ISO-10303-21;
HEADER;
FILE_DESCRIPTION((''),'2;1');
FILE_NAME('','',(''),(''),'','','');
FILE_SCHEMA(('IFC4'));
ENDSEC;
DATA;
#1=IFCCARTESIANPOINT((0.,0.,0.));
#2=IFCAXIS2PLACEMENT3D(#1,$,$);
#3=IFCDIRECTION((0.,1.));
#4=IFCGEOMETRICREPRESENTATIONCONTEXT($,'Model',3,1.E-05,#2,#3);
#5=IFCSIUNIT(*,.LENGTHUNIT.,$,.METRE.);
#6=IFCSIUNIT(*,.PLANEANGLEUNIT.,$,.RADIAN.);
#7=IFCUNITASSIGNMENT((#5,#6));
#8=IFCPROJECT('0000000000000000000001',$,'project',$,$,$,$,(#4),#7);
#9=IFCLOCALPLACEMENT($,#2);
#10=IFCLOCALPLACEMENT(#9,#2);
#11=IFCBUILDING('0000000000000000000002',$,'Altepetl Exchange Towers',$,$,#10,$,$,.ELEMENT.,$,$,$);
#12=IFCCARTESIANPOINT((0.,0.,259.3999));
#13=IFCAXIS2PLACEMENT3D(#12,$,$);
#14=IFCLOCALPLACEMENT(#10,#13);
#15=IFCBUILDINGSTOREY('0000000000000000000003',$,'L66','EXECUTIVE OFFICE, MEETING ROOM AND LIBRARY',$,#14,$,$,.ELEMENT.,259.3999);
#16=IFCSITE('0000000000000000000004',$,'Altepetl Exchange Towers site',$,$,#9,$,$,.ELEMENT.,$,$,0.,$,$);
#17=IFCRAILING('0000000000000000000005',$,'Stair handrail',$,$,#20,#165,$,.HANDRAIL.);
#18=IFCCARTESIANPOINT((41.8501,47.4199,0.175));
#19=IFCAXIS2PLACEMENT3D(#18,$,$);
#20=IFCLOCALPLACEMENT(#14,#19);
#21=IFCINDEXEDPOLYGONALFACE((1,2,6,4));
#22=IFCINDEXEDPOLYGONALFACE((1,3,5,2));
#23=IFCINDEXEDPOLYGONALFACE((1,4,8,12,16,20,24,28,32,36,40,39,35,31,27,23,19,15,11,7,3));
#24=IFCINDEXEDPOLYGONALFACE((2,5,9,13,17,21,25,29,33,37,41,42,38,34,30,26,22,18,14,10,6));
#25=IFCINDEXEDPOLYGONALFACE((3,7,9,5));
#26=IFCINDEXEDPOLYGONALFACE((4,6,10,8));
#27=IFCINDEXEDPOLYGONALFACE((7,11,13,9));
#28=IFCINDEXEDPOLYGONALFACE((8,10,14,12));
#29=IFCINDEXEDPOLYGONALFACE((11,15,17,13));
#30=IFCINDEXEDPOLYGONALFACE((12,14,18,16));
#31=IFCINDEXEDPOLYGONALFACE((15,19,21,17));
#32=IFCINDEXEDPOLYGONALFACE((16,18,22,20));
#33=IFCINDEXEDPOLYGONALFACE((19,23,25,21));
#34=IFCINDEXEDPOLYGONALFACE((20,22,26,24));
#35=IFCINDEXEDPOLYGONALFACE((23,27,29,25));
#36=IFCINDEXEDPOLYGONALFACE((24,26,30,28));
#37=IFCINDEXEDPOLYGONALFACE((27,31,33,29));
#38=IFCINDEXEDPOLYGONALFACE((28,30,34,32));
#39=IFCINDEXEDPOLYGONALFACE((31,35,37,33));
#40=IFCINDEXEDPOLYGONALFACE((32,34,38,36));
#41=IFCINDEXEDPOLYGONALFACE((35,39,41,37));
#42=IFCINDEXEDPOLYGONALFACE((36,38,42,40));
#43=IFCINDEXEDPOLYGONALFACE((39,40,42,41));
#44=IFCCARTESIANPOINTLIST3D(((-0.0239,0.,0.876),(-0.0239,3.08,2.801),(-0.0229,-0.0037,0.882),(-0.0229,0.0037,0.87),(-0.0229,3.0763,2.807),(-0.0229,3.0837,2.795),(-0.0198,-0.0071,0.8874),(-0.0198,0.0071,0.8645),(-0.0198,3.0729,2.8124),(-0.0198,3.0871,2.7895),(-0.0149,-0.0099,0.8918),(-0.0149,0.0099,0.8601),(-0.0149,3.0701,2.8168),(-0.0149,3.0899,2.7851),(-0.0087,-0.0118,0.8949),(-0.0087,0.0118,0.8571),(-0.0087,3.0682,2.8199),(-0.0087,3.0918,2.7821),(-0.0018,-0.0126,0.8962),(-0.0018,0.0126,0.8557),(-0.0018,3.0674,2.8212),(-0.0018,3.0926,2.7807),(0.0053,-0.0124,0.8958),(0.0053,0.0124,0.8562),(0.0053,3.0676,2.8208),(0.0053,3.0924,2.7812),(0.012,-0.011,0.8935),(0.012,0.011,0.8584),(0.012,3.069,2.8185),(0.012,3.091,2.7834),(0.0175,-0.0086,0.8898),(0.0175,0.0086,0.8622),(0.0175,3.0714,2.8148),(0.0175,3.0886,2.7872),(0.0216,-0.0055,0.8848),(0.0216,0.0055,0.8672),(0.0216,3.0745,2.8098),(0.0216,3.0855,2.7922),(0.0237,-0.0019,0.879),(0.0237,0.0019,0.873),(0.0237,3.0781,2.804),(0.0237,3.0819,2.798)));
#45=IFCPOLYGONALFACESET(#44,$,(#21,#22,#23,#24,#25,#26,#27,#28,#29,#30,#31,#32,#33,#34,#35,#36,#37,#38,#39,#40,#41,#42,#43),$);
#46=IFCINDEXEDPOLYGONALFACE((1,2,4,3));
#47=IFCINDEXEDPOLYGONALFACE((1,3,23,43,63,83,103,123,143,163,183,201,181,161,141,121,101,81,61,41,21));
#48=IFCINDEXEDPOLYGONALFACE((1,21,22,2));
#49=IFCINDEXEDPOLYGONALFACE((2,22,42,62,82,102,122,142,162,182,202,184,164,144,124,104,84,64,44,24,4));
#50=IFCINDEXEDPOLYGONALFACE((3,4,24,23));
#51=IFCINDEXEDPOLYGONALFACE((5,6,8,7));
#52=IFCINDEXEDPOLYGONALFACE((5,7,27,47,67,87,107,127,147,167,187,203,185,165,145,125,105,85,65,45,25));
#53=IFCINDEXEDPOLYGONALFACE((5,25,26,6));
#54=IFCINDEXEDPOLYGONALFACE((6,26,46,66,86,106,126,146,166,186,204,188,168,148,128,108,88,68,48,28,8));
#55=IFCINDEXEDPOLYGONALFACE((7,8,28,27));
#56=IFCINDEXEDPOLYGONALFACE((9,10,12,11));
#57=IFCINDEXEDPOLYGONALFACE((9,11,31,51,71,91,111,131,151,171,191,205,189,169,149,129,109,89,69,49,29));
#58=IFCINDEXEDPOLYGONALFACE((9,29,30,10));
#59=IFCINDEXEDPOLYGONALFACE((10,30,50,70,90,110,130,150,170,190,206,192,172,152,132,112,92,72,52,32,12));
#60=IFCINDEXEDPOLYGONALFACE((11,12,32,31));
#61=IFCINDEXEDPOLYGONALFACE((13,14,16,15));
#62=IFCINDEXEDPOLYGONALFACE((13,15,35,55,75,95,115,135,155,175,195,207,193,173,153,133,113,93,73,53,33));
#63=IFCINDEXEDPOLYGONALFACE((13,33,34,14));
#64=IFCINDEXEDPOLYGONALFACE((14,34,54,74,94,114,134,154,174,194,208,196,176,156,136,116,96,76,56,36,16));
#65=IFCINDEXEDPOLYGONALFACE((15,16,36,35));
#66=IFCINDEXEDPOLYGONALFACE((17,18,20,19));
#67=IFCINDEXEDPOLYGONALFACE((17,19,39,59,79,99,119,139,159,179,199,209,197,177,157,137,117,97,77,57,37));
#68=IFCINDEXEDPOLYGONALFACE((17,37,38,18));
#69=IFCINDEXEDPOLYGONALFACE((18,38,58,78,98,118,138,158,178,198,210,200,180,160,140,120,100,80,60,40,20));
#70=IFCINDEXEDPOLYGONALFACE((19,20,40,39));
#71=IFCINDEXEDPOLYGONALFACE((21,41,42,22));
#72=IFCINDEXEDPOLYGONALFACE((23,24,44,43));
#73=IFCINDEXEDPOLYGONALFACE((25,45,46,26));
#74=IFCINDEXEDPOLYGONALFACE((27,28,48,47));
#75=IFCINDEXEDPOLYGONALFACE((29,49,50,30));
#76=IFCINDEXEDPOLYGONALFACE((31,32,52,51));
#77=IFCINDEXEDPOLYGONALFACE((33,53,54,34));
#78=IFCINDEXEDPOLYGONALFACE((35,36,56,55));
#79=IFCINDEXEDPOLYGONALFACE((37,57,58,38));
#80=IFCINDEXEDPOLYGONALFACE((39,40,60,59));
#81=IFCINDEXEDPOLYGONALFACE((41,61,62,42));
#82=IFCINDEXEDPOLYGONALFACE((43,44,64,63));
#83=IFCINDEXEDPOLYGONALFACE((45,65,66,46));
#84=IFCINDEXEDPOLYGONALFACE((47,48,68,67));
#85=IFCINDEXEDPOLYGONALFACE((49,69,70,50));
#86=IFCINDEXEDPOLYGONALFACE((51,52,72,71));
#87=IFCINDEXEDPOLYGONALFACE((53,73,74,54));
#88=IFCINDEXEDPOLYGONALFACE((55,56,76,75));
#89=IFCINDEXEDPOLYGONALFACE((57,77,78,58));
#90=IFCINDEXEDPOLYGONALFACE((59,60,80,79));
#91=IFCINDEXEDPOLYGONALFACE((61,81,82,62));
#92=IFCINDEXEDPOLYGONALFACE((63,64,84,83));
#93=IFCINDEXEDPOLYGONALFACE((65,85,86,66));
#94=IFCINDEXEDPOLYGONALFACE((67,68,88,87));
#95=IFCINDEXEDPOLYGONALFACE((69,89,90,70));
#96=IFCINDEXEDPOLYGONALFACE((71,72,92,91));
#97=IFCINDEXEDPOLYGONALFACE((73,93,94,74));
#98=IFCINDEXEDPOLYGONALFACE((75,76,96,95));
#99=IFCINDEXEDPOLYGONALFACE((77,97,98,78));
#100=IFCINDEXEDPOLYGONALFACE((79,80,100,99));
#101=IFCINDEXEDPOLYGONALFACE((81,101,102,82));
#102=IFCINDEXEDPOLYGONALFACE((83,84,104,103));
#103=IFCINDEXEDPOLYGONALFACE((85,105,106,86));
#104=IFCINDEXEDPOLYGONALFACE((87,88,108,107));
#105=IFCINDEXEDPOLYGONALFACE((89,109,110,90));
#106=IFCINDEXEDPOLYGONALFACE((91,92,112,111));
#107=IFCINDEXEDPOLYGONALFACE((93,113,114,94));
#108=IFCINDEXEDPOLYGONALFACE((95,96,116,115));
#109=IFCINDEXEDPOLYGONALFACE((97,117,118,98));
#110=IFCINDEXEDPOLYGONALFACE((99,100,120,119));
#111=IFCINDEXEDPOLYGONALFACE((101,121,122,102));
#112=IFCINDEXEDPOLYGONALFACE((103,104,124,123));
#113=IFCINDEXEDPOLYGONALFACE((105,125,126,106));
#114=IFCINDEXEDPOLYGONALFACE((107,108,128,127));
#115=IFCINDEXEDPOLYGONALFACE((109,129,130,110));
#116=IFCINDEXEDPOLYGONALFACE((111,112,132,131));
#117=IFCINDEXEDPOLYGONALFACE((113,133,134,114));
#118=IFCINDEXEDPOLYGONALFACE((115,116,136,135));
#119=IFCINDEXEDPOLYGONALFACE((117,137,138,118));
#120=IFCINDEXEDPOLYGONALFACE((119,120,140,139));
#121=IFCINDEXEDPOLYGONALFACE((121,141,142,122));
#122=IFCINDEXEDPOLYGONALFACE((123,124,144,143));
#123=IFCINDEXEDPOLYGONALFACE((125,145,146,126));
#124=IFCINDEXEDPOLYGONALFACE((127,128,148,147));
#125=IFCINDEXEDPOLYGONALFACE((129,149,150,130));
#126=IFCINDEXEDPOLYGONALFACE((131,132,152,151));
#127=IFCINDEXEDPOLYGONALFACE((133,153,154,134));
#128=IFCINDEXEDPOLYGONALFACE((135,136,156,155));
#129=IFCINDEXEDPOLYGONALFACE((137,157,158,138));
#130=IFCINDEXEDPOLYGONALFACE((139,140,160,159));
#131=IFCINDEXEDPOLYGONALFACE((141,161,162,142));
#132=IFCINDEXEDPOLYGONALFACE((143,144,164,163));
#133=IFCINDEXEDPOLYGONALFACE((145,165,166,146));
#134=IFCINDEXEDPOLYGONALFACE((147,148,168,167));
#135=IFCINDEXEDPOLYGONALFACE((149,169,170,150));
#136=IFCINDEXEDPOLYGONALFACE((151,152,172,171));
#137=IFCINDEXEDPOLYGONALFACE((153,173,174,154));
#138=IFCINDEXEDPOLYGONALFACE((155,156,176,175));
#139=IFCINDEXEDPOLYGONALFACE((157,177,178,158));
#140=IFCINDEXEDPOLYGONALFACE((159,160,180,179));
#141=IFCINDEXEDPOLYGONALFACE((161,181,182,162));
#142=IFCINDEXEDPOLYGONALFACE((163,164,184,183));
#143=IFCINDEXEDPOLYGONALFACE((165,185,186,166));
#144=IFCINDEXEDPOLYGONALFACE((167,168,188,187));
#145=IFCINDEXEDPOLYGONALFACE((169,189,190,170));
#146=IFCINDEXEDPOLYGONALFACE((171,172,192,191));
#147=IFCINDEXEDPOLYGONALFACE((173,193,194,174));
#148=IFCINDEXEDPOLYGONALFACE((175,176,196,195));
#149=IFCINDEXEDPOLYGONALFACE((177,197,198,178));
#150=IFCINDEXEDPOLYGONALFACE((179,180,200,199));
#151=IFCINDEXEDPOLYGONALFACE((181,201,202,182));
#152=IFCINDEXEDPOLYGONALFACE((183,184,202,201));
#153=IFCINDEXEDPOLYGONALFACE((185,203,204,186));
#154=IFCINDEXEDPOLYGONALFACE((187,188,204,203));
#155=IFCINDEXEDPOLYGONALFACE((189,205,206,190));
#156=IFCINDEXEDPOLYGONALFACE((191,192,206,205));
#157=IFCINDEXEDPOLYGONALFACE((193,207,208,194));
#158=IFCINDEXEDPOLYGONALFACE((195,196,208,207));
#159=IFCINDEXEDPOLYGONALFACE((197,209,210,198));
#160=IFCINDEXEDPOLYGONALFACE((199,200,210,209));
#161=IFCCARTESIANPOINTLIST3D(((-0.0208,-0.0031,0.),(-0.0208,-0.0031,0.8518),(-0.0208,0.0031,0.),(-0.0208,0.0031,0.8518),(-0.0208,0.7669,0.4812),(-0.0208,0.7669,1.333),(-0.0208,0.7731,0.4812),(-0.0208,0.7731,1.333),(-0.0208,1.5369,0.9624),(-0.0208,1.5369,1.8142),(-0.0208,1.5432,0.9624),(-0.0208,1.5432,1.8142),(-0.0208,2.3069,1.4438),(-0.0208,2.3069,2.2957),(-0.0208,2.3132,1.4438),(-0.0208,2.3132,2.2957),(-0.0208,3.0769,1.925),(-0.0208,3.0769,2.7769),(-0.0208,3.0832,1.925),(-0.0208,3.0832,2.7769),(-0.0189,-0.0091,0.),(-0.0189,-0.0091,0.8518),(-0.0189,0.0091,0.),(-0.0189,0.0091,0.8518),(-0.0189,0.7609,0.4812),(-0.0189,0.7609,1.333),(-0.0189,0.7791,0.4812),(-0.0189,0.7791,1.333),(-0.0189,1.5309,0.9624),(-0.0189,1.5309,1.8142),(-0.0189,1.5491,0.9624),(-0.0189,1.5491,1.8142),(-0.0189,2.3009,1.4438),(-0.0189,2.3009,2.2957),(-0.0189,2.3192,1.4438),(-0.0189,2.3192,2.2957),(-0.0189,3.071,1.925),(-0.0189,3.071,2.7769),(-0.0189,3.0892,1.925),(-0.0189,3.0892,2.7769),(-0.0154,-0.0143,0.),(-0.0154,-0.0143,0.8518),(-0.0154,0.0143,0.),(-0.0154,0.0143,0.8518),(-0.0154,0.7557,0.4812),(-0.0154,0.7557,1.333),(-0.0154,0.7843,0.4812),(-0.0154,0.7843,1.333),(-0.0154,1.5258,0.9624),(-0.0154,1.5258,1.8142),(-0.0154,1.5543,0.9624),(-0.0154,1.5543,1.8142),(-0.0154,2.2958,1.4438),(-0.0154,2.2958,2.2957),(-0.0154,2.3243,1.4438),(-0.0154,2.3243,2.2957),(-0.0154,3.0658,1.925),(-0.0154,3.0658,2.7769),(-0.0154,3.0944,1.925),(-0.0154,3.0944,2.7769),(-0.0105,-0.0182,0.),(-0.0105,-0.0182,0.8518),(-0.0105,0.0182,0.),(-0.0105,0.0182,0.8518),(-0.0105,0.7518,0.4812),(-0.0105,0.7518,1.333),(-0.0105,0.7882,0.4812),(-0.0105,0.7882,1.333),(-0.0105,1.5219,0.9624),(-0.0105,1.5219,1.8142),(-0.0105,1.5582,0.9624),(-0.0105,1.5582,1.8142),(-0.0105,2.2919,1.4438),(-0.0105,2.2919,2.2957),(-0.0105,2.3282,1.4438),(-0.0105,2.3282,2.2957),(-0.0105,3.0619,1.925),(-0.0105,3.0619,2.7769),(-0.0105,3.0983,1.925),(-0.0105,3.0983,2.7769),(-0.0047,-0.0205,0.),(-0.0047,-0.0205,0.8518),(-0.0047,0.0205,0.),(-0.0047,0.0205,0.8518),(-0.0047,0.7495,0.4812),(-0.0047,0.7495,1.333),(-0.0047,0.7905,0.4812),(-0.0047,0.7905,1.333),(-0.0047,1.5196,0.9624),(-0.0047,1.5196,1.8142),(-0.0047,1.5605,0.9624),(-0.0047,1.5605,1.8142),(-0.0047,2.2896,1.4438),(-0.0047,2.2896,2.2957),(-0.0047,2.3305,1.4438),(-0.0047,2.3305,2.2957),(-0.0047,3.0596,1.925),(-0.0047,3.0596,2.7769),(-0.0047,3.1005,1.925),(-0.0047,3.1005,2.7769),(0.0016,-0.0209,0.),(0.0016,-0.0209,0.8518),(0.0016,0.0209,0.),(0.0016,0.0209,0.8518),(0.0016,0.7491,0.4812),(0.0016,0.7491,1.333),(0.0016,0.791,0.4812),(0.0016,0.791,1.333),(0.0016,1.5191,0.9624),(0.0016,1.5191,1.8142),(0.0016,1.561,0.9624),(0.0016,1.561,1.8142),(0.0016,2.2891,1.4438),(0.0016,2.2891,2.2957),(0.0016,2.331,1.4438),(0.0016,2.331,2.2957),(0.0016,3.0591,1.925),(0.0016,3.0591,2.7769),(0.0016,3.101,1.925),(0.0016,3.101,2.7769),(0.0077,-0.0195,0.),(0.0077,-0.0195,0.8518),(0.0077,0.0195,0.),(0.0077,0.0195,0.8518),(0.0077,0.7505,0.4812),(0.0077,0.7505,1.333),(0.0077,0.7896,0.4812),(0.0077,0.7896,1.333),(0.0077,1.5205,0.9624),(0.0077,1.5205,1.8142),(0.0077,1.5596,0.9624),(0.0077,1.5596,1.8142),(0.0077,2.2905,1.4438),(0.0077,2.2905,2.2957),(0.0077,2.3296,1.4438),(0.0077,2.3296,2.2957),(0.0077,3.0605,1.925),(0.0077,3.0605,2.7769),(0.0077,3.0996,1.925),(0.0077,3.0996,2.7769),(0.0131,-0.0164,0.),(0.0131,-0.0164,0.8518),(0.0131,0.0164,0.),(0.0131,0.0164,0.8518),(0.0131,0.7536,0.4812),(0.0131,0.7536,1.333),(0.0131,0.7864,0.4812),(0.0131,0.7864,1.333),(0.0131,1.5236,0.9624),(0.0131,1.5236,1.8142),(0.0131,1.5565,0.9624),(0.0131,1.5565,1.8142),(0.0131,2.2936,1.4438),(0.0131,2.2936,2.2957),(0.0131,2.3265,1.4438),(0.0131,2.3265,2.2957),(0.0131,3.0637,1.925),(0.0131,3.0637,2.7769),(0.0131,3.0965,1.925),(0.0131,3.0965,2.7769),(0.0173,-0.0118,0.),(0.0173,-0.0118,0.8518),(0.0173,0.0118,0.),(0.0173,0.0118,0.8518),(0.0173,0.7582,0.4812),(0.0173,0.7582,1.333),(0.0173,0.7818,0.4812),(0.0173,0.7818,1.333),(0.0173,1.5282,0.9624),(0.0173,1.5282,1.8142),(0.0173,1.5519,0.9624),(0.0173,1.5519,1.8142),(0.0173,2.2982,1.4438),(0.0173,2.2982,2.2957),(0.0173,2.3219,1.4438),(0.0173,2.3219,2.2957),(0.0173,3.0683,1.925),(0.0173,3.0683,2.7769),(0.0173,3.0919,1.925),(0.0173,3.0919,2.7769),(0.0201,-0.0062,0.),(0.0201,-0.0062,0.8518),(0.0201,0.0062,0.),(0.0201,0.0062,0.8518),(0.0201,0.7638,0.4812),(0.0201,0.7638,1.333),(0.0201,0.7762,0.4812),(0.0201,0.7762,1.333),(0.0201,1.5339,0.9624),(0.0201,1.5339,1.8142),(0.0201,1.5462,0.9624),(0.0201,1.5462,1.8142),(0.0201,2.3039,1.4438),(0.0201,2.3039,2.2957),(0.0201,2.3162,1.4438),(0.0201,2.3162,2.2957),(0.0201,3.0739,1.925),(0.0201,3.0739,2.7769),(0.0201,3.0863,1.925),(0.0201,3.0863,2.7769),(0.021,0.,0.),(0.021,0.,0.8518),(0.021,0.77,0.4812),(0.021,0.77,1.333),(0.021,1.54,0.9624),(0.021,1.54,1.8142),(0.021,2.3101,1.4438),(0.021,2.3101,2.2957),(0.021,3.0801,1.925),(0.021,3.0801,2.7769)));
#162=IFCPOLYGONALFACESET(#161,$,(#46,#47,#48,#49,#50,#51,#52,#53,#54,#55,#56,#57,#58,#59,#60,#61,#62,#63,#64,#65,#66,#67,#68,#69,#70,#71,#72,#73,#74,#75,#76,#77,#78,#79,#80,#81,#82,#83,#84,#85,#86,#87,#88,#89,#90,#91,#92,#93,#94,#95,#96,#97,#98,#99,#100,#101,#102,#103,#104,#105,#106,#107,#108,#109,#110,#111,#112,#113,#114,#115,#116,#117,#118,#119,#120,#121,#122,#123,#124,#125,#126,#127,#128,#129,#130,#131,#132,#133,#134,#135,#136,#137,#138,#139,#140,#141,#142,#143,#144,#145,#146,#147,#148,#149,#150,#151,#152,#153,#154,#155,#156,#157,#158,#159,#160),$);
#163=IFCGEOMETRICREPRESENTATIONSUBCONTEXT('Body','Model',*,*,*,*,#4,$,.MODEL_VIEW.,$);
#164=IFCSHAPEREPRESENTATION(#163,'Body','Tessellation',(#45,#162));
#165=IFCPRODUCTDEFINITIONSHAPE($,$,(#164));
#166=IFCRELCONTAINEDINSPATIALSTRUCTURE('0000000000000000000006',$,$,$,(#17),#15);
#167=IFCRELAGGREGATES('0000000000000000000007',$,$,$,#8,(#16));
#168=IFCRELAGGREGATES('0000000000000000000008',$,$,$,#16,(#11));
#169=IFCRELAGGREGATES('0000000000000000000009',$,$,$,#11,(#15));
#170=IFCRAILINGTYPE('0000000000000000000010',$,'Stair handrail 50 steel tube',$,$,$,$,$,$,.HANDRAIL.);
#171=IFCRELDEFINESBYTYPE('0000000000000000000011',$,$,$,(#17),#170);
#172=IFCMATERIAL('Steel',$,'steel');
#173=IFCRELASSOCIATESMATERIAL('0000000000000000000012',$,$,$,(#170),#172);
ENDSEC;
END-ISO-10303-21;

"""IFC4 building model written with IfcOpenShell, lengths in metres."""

from ifc_helpers import new_model, si_unit, direction, frame, origin, origin_2d, place, context, subcontext, project, spatial, circle, extrude, source, transform, mapped, material, type_object, element, save


model = new_model("IFC4")

# Units and contexts
model_context = context("Model", 3, precision=1e-05, world=origin(), true_north=direction((0.0, 1.0)))
body_context = subcontext(model_context, "Body", "Model", "MODEL_VIEW")
ifc_project = project(units=[si_unit("LENGTHUNIT", "METRE"), si_unit("PLANEANGLEUNIT", "RADIAN")], contexts=[model_context])

# Site, building, storey
site_placement = place(None, origin())
site = spatial("IfcSite", under=ifc_project, at=site_placement, Name="Altepetl Exchange Towers site", CompositionType="ELEMENT", RefElevation=0.0)
building_placement = place(site_placement, origin())
building = spatial("IfcBuilding", under=site, at=building_placement, Name="Altepetl Exchange Towers", CompositionType="ELEMENT")
storey_placement = place(building_placement, frame((0.0, 0.0, 259.3999)))
storey = spatial("IfcBuildingStorey", under=building, at=storey_placement, Name="L66", Description="EXECUTIVE OFFICE, MEETING ROOM AND LIBRARY", CompositionType="ELEMENT", Elevation=259.3999)

# Railing
ifc_material_1 = material(Name="Steel", Category="steel")
railing_type_1 = type_object("IfcRailingType", Name="Stair handrail 50 steel tube", PredefinedType="HANDRAIL", material=ifc_material_1)
shared_shape_1 = source(origin(), body_context, "Body", "SweptSolid", [
    extrude(circle(Radius=0.021, at=origin_2d()), origin(), (0.0, 0.0, 1.0), 0.8518),
])
railing_1_placement = place(storey_placement, frame((41.8501, 47.4199, 0.175)))
element("IfcRailing", 1, at=railing_1_placement, inside=storey, type_object=railing_type_1, Name="Stair handrail", PredefinedType="HANDRAIL", context=body_context, shape_type="SweptSolid", body=[
    extrude(circle(Radius=0.0239, at=origin_2d()), frame((0.0, 0.0, 0.876), z_axis=(0.0, 0.847998, 0.529999), x_axis=(-1.0, 0.0, 0.0)), (0.0, 0.0, 1.0), 3.6321),
    mapped(shared_shape_1, transform((0.0, 0.0, 0.0))),
    mapped(shared_shape_1, transform((0.0, 0.77, 0.4812))),
    mapped(shared_shape_1, transform((0.0, 1.54, 0.9624))),
    mapped(shared_shape_1, transform((0.0, 2.3101, 1.4438))),
    mapped(shared_shape_1, transform((0.0, 3.0801, 1.925))),
])

save(model, "model.ifc")
